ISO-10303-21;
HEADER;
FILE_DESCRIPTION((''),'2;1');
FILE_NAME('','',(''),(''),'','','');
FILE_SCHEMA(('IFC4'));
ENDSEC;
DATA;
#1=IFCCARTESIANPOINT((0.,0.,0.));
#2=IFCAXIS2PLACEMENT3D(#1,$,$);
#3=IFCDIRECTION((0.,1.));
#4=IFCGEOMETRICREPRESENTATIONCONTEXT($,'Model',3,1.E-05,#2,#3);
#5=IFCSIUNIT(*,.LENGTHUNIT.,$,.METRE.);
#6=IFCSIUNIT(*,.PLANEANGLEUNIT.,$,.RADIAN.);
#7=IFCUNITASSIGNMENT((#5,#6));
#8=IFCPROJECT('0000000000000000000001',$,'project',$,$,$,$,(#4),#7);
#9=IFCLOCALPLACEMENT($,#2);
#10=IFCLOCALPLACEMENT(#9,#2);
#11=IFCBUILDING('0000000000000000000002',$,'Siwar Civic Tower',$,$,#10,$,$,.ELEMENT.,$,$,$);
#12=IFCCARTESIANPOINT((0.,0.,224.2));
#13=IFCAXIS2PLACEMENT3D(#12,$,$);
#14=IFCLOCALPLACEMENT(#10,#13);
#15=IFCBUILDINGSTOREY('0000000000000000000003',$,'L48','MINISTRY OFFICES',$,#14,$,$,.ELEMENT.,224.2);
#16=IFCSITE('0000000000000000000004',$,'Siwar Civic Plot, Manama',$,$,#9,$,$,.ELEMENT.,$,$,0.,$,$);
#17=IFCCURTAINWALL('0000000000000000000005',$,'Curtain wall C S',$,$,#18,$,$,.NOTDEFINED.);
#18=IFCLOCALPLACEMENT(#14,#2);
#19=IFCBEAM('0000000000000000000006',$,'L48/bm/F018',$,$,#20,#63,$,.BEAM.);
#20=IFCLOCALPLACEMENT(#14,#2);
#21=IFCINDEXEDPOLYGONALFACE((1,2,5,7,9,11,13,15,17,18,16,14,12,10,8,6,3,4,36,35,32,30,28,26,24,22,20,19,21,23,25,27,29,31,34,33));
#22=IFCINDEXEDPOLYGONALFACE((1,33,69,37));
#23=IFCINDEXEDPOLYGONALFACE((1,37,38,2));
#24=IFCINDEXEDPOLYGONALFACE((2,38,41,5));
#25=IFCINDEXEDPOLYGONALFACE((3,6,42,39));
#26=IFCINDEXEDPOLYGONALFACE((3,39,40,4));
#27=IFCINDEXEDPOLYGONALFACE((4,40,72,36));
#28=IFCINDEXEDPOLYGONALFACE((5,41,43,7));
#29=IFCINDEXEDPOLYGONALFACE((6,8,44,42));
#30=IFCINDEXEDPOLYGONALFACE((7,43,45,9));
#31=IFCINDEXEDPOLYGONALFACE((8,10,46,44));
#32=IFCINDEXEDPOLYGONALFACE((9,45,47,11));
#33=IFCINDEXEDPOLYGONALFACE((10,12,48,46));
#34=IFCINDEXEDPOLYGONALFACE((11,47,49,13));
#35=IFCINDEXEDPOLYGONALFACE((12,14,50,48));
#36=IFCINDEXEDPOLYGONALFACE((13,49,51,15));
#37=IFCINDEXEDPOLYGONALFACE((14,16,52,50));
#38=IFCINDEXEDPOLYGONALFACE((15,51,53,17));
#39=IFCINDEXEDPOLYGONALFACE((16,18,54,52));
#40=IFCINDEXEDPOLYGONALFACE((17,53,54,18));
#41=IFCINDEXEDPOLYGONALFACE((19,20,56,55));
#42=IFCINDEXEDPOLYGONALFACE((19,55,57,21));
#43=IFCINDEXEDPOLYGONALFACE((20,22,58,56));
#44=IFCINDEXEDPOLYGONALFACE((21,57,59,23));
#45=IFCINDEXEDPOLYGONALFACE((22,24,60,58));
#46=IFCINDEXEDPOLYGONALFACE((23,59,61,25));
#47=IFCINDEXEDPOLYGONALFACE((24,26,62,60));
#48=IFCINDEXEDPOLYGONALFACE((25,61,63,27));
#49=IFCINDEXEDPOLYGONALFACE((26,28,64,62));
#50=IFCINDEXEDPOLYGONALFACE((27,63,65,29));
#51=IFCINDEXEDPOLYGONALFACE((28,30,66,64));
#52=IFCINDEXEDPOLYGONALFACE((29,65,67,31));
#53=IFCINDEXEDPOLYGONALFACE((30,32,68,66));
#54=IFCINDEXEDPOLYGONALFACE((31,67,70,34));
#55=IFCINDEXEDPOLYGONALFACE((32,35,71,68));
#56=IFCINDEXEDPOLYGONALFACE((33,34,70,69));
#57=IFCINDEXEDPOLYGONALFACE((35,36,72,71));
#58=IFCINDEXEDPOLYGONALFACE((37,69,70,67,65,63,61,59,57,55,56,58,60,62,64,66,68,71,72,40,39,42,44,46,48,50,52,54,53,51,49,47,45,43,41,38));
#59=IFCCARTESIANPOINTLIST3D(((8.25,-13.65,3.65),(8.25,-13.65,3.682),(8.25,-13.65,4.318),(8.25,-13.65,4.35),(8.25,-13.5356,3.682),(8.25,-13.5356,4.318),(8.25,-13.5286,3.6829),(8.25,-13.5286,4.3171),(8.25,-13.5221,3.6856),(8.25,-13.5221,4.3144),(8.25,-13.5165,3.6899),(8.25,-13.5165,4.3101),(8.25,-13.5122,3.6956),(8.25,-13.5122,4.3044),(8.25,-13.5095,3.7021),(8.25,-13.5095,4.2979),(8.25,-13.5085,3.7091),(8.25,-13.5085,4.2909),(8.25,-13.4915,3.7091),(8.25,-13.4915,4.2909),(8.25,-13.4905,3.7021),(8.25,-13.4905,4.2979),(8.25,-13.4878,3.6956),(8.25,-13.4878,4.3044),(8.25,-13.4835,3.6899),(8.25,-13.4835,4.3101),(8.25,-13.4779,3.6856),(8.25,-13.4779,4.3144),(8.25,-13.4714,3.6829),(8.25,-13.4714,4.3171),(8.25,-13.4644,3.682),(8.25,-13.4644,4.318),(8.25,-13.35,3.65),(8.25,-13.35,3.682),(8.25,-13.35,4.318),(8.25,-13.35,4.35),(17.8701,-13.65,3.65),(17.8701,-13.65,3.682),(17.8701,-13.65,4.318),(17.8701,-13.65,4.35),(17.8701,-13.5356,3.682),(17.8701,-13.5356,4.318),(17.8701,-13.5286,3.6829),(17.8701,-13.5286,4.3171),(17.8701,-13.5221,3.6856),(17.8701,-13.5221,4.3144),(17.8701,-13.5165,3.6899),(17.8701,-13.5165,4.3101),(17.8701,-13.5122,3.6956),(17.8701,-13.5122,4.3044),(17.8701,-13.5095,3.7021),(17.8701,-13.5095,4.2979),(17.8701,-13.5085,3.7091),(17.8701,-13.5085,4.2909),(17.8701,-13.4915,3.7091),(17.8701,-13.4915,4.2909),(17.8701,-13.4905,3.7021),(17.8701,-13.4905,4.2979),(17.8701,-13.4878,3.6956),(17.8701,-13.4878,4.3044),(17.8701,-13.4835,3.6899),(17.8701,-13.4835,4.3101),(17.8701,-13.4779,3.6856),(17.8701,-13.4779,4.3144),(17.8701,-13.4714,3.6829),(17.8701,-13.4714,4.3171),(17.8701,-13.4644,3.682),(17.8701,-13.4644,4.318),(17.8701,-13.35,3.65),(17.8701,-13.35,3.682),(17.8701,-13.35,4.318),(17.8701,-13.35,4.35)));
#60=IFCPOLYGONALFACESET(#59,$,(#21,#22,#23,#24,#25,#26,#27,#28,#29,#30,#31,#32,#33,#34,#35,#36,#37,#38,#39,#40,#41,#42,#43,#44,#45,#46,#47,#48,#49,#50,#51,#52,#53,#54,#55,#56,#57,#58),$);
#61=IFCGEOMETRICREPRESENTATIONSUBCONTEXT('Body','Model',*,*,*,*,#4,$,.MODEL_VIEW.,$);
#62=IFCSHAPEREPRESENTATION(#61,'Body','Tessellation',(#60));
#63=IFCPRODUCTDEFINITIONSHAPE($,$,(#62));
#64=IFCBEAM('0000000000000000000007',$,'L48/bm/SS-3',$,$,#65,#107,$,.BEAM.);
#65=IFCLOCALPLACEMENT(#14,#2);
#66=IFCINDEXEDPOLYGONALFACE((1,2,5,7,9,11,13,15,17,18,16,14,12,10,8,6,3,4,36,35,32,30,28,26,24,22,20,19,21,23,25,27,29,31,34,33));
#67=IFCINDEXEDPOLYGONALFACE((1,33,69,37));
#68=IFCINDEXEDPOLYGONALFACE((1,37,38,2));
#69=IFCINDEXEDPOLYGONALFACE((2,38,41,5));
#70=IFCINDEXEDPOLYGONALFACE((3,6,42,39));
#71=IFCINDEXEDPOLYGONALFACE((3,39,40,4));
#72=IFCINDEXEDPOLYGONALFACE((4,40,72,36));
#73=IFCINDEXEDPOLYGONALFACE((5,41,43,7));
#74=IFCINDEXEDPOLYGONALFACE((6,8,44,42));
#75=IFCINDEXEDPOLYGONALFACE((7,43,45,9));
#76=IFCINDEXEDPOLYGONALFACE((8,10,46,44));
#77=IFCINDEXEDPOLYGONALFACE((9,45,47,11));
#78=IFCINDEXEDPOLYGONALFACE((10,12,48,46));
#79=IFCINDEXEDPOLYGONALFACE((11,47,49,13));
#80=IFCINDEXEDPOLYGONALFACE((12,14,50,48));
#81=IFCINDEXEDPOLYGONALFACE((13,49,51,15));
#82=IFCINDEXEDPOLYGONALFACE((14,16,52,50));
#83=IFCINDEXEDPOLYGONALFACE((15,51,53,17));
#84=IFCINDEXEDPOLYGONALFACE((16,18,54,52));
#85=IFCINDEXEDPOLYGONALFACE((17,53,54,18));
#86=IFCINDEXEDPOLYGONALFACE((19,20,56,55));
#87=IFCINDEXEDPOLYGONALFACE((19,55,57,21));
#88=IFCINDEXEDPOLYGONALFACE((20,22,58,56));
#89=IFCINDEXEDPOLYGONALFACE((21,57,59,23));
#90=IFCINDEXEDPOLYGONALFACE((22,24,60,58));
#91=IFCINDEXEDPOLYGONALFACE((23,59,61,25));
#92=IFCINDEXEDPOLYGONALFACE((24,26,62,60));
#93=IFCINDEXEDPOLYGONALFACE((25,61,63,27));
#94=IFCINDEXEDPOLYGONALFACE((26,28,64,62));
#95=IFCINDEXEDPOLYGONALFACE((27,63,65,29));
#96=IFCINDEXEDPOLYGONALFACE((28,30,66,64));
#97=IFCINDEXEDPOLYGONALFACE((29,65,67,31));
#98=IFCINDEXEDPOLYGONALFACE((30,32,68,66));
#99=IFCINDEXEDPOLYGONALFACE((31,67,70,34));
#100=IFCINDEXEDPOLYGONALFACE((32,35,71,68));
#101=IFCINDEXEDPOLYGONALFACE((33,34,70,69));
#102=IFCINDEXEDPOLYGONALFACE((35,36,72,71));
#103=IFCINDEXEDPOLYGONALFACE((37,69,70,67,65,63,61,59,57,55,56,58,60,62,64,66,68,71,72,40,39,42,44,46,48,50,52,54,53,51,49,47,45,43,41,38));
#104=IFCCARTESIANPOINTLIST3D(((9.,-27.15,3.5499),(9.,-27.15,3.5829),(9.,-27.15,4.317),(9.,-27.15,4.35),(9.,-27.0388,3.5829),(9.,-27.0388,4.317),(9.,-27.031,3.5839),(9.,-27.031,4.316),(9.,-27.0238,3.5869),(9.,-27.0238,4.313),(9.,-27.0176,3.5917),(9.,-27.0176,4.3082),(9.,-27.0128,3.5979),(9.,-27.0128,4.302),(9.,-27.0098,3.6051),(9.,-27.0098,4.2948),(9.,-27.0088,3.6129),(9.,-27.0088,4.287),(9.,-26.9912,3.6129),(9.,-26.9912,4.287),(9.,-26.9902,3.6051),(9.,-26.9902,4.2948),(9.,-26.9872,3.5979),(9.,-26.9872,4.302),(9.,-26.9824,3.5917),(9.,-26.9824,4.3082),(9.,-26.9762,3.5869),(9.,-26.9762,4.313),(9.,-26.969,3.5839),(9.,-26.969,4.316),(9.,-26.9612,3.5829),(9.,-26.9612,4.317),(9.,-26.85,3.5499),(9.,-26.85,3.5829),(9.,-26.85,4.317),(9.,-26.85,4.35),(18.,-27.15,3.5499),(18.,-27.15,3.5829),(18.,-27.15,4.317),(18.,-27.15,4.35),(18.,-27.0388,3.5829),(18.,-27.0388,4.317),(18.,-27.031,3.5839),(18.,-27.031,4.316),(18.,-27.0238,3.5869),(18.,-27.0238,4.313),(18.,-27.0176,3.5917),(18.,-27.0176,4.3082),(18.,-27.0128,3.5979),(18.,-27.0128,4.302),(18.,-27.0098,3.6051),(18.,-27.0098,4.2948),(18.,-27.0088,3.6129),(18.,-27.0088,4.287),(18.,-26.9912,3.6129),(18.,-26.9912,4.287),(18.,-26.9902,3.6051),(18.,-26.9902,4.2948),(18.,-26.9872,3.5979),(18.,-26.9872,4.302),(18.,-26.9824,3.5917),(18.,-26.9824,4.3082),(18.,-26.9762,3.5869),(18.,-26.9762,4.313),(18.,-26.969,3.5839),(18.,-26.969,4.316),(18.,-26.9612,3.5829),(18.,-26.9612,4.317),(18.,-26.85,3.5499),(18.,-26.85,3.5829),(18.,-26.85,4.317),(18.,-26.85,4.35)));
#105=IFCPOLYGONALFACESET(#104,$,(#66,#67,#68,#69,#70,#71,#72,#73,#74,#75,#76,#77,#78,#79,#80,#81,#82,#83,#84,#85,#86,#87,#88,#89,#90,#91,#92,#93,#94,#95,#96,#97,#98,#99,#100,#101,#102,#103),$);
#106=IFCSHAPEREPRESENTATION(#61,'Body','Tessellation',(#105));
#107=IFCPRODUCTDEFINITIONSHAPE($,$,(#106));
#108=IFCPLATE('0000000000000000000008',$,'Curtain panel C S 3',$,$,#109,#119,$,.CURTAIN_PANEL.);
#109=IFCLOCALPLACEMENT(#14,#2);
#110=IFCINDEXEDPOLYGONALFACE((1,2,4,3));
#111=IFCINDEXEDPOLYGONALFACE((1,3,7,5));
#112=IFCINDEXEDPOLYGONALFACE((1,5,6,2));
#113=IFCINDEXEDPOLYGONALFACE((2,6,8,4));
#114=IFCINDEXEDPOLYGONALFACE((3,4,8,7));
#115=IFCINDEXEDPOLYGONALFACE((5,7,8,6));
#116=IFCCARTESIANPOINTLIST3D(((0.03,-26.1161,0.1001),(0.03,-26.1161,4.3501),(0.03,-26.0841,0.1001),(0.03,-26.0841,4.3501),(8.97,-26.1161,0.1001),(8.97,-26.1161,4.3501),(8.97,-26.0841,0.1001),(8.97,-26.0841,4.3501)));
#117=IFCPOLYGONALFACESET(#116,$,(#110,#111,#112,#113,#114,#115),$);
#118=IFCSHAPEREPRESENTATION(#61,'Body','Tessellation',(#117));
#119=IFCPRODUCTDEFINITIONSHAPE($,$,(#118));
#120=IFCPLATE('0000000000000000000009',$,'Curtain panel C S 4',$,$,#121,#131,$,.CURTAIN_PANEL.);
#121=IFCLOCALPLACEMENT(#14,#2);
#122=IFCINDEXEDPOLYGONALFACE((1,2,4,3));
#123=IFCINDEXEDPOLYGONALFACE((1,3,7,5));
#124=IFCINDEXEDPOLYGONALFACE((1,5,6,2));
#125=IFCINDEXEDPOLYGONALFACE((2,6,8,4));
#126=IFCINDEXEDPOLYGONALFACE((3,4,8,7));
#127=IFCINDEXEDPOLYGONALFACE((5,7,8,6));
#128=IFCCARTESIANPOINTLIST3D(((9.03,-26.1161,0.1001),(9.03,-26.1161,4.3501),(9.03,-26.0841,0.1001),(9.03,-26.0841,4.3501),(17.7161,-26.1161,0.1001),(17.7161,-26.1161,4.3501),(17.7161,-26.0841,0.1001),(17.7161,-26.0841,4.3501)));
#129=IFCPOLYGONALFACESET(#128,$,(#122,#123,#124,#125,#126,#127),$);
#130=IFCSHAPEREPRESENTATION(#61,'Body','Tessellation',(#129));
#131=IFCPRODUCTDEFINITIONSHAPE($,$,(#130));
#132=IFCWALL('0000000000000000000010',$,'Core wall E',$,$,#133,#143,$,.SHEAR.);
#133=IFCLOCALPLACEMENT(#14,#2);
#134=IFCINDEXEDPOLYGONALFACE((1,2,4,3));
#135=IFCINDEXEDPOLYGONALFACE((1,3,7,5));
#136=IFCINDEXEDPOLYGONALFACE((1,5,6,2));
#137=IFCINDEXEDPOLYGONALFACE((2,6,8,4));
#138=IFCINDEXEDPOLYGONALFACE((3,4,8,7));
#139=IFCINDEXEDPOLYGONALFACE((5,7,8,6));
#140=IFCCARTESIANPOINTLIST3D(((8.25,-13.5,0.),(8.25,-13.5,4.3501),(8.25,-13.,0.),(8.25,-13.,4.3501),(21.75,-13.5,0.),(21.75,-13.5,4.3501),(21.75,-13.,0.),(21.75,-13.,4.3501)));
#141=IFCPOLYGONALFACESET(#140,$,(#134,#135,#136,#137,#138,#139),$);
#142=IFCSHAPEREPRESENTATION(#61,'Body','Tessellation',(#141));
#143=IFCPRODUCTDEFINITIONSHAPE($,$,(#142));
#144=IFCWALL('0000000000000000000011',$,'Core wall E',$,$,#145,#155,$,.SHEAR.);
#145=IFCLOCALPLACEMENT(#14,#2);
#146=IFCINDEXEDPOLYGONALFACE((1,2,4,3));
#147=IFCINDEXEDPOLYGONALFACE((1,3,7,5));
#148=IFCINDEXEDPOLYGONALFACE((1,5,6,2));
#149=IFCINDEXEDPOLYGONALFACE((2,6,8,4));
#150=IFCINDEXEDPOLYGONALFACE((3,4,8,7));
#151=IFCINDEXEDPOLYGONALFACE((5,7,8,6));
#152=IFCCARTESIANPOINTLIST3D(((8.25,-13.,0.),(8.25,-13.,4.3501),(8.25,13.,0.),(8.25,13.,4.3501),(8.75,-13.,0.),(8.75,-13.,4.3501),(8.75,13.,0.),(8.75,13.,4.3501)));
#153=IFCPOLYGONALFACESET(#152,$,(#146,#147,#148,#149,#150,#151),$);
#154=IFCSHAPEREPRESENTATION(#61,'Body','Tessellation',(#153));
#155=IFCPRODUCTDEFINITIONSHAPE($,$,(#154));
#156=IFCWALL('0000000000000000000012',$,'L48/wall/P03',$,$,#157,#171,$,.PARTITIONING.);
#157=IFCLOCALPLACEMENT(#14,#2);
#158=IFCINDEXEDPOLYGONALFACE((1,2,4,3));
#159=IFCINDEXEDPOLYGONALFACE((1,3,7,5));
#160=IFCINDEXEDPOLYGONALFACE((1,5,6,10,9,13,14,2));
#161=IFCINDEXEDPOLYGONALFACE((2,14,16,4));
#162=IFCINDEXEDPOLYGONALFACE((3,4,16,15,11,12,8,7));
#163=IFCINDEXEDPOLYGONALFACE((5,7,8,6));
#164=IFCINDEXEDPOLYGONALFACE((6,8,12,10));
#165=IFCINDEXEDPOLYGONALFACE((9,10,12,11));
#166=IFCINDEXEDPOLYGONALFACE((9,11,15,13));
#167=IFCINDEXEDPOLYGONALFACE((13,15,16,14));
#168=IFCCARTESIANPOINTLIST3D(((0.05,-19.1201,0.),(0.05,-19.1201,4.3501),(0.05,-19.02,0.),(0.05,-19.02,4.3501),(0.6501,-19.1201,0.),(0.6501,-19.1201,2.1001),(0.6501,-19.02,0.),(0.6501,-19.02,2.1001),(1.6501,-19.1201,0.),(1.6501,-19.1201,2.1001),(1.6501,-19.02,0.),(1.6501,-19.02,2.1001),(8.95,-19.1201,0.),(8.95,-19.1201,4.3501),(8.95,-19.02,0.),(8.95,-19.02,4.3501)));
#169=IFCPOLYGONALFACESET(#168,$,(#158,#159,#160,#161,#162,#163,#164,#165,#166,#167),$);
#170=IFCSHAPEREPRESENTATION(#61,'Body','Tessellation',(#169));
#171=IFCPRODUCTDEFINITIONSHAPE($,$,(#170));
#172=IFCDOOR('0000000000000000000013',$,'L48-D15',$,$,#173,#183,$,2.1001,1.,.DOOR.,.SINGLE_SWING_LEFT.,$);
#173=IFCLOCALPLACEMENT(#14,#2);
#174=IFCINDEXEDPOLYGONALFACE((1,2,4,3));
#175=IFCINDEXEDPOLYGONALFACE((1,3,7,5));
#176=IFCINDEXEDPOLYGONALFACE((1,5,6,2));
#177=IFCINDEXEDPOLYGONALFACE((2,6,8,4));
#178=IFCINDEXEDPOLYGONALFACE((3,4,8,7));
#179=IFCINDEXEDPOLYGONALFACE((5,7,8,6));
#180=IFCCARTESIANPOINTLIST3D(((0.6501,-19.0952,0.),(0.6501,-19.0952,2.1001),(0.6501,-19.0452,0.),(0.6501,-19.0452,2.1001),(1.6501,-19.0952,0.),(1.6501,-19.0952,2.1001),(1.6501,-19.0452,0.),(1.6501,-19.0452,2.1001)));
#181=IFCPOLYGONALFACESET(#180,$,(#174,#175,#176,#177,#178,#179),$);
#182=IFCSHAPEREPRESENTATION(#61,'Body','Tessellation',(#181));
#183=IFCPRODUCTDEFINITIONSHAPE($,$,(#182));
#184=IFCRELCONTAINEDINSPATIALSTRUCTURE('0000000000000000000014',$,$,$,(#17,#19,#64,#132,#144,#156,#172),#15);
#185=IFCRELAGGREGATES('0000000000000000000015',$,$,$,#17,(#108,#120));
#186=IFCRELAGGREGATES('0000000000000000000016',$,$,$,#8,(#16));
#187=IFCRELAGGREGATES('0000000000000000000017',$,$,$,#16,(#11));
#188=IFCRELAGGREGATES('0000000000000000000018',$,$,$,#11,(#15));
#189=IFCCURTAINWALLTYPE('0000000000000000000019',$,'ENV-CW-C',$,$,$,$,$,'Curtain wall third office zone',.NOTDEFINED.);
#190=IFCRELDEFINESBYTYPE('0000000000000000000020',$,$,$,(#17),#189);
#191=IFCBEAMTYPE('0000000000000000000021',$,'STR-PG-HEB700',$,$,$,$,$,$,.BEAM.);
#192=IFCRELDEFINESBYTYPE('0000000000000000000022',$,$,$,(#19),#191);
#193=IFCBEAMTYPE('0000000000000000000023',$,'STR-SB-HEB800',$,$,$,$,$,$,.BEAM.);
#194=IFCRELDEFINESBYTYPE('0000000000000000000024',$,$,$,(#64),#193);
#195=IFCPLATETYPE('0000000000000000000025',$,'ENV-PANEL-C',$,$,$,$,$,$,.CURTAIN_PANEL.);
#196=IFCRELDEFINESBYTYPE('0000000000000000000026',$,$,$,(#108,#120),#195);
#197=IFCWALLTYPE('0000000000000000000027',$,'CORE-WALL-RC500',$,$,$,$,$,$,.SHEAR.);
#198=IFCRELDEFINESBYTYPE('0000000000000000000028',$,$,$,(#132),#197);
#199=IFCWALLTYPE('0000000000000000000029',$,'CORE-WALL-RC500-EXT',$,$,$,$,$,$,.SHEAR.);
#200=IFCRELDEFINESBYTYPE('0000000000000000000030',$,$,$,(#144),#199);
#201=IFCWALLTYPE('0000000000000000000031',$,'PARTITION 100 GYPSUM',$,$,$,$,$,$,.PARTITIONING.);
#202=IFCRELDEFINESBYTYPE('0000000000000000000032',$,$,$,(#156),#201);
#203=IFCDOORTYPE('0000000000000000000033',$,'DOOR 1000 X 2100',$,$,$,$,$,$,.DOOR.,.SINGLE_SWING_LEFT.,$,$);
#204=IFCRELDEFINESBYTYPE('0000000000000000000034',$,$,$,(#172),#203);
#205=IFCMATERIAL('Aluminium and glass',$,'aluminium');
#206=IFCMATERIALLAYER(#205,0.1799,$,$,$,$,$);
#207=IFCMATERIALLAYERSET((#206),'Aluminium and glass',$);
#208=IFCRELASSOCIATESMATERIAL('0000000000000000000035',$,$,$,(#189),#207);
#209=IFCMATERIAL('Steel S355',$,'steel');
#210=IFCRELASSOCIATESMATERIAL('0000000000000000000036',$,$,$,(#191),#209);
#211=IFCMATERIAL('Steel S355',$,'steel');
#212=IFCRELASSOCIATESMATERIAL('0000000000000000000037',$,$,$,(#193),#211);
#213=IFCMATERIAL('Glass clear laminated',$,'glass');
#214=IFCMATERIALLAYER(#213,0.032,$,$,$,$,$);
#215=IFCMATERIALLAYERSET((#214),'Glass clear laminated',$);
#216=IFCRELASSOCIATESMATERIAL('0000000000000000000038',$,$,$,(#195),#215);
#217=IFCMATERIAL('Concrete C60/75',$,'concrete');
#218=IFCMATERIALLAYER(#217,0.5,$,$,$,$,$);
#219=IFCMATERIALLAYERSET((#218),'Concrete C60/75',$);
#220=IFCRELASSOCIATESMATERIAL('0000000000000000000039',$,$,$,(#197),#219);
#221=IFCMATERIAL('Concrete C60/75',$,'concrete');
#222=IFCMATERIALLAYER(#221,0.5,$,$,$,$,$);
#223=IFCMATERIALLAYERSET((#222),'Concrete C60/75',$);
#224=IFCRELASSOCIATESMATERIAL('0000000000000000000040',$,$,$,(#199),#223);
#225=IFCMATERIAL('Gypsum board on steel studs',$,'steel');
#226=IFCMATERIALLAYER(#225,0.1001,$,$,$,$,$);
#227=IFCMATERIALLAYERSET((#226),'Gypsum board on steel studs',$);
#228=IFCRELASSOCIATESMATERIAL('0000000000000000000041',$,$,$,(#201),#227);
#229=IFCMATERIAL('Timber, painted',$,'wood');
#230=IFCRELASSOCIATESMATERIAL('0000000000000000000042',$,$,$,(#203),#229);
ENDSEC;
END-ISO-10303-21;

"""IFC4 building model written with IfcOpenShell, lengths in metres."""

from ifc_helpers import new_model, si_unit, direction, frame, frame_2d, origin, origin_2d, place, context, subcontext, project, spatial, rectangle, i_section, extrude, material, layer, layer_set, material_profile, profile_set, type_object, element, fill, aggregate, save


model = new_model("IFC4")

# Units and contexts
model_context = context("Model", 3, precision=1e-05, world=origin(), true_north=direction((0.0, 1.0)))
body_context = subcontext(model_context, "Body", "Model", "MODEL_VIEW")
ifc_project = project(units=[si_unit("LENGTHUNIT", "METRE"), si_unit("PLANEANGLEUNIT", "RADIAN")], contexts=[model_context])

# Site, building, storey
site_placement = place(None, origin())
site = spatial("IfcSite", under=ifc_project, at=site_placement, Name="Siwar Civic Plot, Manama", CompositionType="ELEMENT", RefElevation=0.0)
building_placement = place(site_placement, origin())
building = spatial("IfcBuilding", under=site, at=building_placement, Name="Siwar Civic Tower", CompositionType="ELEMENT")
storey_placement = place(building_placement, frame((0.0, 0.0, 224.2)))
storey = spatial("IfcBuildingStorey", under=building, at=storey_placement, Name="L48", Description="MINISTRY OFFICES", CompositionType="ELEMENT", Elevation=224.2)

# Curtain wall
ifc_material_1 = material(Name="Aluminium and glass", Category="aluminium")
ifc_layer_1 = layer(ifc_material_1, 0.1799)
ifc_layer_set_1 = layer_set([ifc_layer_1], Name="Aluminium and glass")
curtain_wall_type = type_object("IfcCurtainWallType", Name="ENV-CW-C", ElementType="Curtain wall third office zone", PredefinedType="NOTDEFINED", material=ifc_layer_set_1)
curtain_wall_placement = place(storey_placement, origin())
curtain_wall = element("IfcCurtainWall", 1, at=curtain_wall_placement, inside=storey, type_object=curtain_wall_type, Name="Curtain wall C S", PredefinedType="NOTDEFINED")

# Beams
ifc_material_2 = material(Name="Steel S355", Category="steel")
ifc_material_profile_1 = material_profile(ifc_material_2, i_section(OverallWidth=0.3, OverallDepth=0.7, WebThickness=0.0171, FlangeThickness=0.032, FilletRadius=0.0271, at=origin_2d()), Name="HEB700")
ifc_profile_set_1 = profile_set([ifc_material_profile_1], Name="Steel S355")
beam_type_1 = type_object("IfcBeamType", Name="STR-PG-HEB700", PredefinedType="BEAM", material=ifc_profile_set_1)
beam_1_placement = place(storey_placement, frame((8.25, -13.5, 4.0), z_axis=(1.0, 0.0, 0.0), x_axis=(0.0, 1.0, 0.0)))
element("IfcBeam", 2, at=beam_1_placement, inside=storey, type_object=beam_type_1, Name="L48/bm/F018", PredefinedType="BEAM", context=body_context, shape_type="SweptSolid", body=[
    extrude(i_section(OverallWidth=0.3, OverallDepth=0.7, WebThickness=0.0171, FlangeThickness=0.032, FilletRadius=0.0271, at=origin_2d()), origin(), (0.0, 0.0, 1.0), 9.6201),
])
ifc_material_3 = material(Name="Steel S355", Category="steel")
ifc_material_profile_2 = material_profile(ifc_material_3, i_section(OverallWidth=0.3, OverallDepth=0.8, WebThickness=0.0176, FlangeThickness=0.033, FilletRadius=0.03, at=origin_2d()), Name="HEB800")
ifc_profile_set_2 = profile_set([ifc_material_profile_2], Name="Steel S355")
beam_type_2 = type_object("IfcBeamType", Name="STR-SB-HEB800", PredefinedType="BEAM", material=ifc_profile_set_2)
beam_2_placement = place(storey_placement, frame((9.0, -27.0, 3.95), z_axis=(1.0, 0.0, 0.0), x_axis=(0.0, 1.0, 0.0)))
element("IfcBeam", 3, at=beam_2_placement, inside=storey, type_object=beam_type_2, Name="L48/bm/SS-3", PredefinedType="BEAM", context=body_context, shape_type="SweptSolid", body=[
    extrude(i_section(OverallWidth=0.3, OverallDepth=0.8, WebThickness=0.0176, FlangeThickness=0.033, FilletRadius=0.03, at=origin_2d()), origin(), (0.0, 0.0, 1.0), 9.0),
])

# Plates
ifc_material_4 = material(Name="Glass clear laminated", Category="glass")
ifc_layer_2 = layer(ifc_material_4, 0.032)
ifc_layer_set_2 = layer_set([ifc_layer_2], Name="Glass clear laminated")
plate_type = type_object("IfcPlateType", Name="ENV-PANEL-C", PredefinedType="CURTAIN_PANEL", material=ifc_layer_set_2)
plate_1_placement = place(storey_placement, frame((4.5, -26.1001, 0.1001), z_axis=(0.0, 0.0, 1.0), x_axis=(1.0, 0.0, 0.0)))
plate_1 = element("IfcPlate", 4, at=plate_1_placement, type_object=plate_type, Name="Curtain panel C S 3", PredefinedType="CURTAIN_PANEL", context=body_context, shape_type="SweptSolid", body=[
    extrude(rectangle(XDim=8.9399, YDim=0.032, at=origin_2d()), origin(), (0.0, 0.0, 1.0), 4.25),
])
plate_2_placement = place(storey_placement, frame((13.373, -26.1001, 0.1001), z_axis=(0.0, 0.0, 1.0), x_axis=(1.0, 0.0, 0.0)))
plate_2 = element("IfcPlate", 5, at=plate_2_placement, type_object=plate_type, Name="Curtain panel C S 4", PredefinedType="CURTAIN_PANEL", context=body_context, shape_type="SweptSolid", body=[
    extrude(rectangle(XDim=8.686, YDim=0.032, at=origin_2d()), origin(), (0.0, 0.0, 1.0), 4.25),
])
aggregate(curtain_wall, [plate_1, plate_2])

# Walls
ifc_material_5 = material(Name="Concrete C60/75", Category="concrete")
ifc_layer_3 = layer(ifc_material_5, 0.5)
ifc_layer_set_3 = layer_set([ifc_layer_3], Name="Concrete C60/75")
wall_type_1 = type_object("IfcWallType", Name="CORE-WALL-RC500", PredefinedType="SHEAR", material=ifc_layer_set_3)
wall_1_placement = place(storey_placement, frame((8.25, -13.25, 0.0), z_axis=(0.0, 0.0, 1.0), x_axis=(1.0, 0.0, 0.0)))
element("IfcWall", 6, at=wall_1_placement, inside=storey, type_object=wall_type_1, Name="Core wall E", PredefinedType="SHEAR", context=body_context, shape_type="SweptSolid", body=[
    extrude(rectangle(XDim=13.5, YDim=0.5, at=frame_2d((6.75, 0.0))), origin(), (0.0, 0.0, 1.0), 4.3501),
])
ifc_material_6 = material(Name="Concrete C60/75", Category="concrete")
ifc_layer_4 = layer(ifc_material_6, 0.5)
ifc_layer_set_4 = layer_set([ifc_layer_4], Name="Concrete C60/75")
wall_type_2 = type_object("IfcWallType", Name="CORE-WALL-RC500-EXT", PredefinedType="SHEAR", material=ifc_layer_set_4)
wall_2_placement = place(storey_placement, frame((8.5, -13.0, 0.0), z_axis=(0.0, 0.0, 1.0), x_axis=(0.0, 1.0, 0.0)))
element("IfcWall", 7, at=wall_2_placement, inside=storey, type_object=wall_type_2, Name="Core wall E", PredefinedType="SHEAR", context=body_context, shape_type="SweptSolid", body=[
    extrude(rectangle(XDim=26.0, YDim=0.5, at=frame_2d((13.0, 0.0))), origin(), (0.0, 0.0, 1.0), 4.3501),
])

# Wall, opening, door
ifc_material_7 = material(Name="Gypsum board on steel studs", Category="steel")
ifc_layer_5 = layer(ifc_material_7, 0.1001)
ifc_layer_set_5 = layer_set([ifc_layer_5], Name="Gypsum board on steel studs")
wall_type_3 = type_object("IfcWallType", Name="PARTITION 100 GYPSUM", PredefinedType="PARTITIONING", material=ifc_layer_set_5)
wall_3_placement = place(storey_placement, frame((0.05, -19.0701, 0.0), z_axis=(0.0, 0.0, 1.0), x_axis=(1.0, 0.0, 0.0)))
wall_3 = element("IfcWall", 8, at=wall_3_placement, inside=storey, type_object=wall_type_3, Name="L48/wall/P03", PredefinedType="PARTITIONING", context=body_context, shape_type="SweptSolid", body=[
    extrude(rectangle(XDim=8.8999, YDim=0.1001, at=frame_2d((4.45, 0.0))), origin(), (0.0, 0.0, 1.0), 4.3501),
])
opening_placement = place(wall_3_placement, frame((0.6001, 0.0, 0.0)))
opening = element("IfcOpeningElement", 9, at=opening_placement, cuts=wall_3, PredefinedType="OPENING", context=body_context, shape_type="SweptSolid", body=[
    extrude(rectangle(XDim=1.0, YDim=2.1001, at=frame_2d((0.5, 1.05))), frame((0.0, 0.0601, 0.0), z_axis=(0.0, -1.0, 0.0), x_axis=(1.0, 0.0, 0.0)), (0.0, 0.0, 1.0), 0.1201),
])
ifc_material_8 = material(Name="Timber, painted", Category="wood")
door_type = type_object("IfcDoorType", Name="DOOR 1000 X 2100", OperationType="SINGLE_SWING_LEFT", PredefinedType="DOOR", material=ifc_material_8)
door_placement = place(opening_placement, origin())
door = element("IfcDoor", 10, at=door_placement, inside=storey, type_object=door_type, Name="L48-D15", OperationType="SINGLE_SWING_LEFT", OverallHeight=2.1001, OverallWidth=1.0, PredefinedType="DOOR", context=body_context, shape_type="SweptSolid", body=[
    extrude(rectangle(XDim=1.0, YDim=2.1001, at=frame_2d((0.5, 1.05))), frame((0.0, 0.0249, 0.0), z_axis=(0.0, -1.0, 0.0), x_axis=(1.0, 0.0, 0.0)), (0.0, 0.0, 1.0), 0.05),
])
fill(opening, door)

save(model, "model.ifc")
